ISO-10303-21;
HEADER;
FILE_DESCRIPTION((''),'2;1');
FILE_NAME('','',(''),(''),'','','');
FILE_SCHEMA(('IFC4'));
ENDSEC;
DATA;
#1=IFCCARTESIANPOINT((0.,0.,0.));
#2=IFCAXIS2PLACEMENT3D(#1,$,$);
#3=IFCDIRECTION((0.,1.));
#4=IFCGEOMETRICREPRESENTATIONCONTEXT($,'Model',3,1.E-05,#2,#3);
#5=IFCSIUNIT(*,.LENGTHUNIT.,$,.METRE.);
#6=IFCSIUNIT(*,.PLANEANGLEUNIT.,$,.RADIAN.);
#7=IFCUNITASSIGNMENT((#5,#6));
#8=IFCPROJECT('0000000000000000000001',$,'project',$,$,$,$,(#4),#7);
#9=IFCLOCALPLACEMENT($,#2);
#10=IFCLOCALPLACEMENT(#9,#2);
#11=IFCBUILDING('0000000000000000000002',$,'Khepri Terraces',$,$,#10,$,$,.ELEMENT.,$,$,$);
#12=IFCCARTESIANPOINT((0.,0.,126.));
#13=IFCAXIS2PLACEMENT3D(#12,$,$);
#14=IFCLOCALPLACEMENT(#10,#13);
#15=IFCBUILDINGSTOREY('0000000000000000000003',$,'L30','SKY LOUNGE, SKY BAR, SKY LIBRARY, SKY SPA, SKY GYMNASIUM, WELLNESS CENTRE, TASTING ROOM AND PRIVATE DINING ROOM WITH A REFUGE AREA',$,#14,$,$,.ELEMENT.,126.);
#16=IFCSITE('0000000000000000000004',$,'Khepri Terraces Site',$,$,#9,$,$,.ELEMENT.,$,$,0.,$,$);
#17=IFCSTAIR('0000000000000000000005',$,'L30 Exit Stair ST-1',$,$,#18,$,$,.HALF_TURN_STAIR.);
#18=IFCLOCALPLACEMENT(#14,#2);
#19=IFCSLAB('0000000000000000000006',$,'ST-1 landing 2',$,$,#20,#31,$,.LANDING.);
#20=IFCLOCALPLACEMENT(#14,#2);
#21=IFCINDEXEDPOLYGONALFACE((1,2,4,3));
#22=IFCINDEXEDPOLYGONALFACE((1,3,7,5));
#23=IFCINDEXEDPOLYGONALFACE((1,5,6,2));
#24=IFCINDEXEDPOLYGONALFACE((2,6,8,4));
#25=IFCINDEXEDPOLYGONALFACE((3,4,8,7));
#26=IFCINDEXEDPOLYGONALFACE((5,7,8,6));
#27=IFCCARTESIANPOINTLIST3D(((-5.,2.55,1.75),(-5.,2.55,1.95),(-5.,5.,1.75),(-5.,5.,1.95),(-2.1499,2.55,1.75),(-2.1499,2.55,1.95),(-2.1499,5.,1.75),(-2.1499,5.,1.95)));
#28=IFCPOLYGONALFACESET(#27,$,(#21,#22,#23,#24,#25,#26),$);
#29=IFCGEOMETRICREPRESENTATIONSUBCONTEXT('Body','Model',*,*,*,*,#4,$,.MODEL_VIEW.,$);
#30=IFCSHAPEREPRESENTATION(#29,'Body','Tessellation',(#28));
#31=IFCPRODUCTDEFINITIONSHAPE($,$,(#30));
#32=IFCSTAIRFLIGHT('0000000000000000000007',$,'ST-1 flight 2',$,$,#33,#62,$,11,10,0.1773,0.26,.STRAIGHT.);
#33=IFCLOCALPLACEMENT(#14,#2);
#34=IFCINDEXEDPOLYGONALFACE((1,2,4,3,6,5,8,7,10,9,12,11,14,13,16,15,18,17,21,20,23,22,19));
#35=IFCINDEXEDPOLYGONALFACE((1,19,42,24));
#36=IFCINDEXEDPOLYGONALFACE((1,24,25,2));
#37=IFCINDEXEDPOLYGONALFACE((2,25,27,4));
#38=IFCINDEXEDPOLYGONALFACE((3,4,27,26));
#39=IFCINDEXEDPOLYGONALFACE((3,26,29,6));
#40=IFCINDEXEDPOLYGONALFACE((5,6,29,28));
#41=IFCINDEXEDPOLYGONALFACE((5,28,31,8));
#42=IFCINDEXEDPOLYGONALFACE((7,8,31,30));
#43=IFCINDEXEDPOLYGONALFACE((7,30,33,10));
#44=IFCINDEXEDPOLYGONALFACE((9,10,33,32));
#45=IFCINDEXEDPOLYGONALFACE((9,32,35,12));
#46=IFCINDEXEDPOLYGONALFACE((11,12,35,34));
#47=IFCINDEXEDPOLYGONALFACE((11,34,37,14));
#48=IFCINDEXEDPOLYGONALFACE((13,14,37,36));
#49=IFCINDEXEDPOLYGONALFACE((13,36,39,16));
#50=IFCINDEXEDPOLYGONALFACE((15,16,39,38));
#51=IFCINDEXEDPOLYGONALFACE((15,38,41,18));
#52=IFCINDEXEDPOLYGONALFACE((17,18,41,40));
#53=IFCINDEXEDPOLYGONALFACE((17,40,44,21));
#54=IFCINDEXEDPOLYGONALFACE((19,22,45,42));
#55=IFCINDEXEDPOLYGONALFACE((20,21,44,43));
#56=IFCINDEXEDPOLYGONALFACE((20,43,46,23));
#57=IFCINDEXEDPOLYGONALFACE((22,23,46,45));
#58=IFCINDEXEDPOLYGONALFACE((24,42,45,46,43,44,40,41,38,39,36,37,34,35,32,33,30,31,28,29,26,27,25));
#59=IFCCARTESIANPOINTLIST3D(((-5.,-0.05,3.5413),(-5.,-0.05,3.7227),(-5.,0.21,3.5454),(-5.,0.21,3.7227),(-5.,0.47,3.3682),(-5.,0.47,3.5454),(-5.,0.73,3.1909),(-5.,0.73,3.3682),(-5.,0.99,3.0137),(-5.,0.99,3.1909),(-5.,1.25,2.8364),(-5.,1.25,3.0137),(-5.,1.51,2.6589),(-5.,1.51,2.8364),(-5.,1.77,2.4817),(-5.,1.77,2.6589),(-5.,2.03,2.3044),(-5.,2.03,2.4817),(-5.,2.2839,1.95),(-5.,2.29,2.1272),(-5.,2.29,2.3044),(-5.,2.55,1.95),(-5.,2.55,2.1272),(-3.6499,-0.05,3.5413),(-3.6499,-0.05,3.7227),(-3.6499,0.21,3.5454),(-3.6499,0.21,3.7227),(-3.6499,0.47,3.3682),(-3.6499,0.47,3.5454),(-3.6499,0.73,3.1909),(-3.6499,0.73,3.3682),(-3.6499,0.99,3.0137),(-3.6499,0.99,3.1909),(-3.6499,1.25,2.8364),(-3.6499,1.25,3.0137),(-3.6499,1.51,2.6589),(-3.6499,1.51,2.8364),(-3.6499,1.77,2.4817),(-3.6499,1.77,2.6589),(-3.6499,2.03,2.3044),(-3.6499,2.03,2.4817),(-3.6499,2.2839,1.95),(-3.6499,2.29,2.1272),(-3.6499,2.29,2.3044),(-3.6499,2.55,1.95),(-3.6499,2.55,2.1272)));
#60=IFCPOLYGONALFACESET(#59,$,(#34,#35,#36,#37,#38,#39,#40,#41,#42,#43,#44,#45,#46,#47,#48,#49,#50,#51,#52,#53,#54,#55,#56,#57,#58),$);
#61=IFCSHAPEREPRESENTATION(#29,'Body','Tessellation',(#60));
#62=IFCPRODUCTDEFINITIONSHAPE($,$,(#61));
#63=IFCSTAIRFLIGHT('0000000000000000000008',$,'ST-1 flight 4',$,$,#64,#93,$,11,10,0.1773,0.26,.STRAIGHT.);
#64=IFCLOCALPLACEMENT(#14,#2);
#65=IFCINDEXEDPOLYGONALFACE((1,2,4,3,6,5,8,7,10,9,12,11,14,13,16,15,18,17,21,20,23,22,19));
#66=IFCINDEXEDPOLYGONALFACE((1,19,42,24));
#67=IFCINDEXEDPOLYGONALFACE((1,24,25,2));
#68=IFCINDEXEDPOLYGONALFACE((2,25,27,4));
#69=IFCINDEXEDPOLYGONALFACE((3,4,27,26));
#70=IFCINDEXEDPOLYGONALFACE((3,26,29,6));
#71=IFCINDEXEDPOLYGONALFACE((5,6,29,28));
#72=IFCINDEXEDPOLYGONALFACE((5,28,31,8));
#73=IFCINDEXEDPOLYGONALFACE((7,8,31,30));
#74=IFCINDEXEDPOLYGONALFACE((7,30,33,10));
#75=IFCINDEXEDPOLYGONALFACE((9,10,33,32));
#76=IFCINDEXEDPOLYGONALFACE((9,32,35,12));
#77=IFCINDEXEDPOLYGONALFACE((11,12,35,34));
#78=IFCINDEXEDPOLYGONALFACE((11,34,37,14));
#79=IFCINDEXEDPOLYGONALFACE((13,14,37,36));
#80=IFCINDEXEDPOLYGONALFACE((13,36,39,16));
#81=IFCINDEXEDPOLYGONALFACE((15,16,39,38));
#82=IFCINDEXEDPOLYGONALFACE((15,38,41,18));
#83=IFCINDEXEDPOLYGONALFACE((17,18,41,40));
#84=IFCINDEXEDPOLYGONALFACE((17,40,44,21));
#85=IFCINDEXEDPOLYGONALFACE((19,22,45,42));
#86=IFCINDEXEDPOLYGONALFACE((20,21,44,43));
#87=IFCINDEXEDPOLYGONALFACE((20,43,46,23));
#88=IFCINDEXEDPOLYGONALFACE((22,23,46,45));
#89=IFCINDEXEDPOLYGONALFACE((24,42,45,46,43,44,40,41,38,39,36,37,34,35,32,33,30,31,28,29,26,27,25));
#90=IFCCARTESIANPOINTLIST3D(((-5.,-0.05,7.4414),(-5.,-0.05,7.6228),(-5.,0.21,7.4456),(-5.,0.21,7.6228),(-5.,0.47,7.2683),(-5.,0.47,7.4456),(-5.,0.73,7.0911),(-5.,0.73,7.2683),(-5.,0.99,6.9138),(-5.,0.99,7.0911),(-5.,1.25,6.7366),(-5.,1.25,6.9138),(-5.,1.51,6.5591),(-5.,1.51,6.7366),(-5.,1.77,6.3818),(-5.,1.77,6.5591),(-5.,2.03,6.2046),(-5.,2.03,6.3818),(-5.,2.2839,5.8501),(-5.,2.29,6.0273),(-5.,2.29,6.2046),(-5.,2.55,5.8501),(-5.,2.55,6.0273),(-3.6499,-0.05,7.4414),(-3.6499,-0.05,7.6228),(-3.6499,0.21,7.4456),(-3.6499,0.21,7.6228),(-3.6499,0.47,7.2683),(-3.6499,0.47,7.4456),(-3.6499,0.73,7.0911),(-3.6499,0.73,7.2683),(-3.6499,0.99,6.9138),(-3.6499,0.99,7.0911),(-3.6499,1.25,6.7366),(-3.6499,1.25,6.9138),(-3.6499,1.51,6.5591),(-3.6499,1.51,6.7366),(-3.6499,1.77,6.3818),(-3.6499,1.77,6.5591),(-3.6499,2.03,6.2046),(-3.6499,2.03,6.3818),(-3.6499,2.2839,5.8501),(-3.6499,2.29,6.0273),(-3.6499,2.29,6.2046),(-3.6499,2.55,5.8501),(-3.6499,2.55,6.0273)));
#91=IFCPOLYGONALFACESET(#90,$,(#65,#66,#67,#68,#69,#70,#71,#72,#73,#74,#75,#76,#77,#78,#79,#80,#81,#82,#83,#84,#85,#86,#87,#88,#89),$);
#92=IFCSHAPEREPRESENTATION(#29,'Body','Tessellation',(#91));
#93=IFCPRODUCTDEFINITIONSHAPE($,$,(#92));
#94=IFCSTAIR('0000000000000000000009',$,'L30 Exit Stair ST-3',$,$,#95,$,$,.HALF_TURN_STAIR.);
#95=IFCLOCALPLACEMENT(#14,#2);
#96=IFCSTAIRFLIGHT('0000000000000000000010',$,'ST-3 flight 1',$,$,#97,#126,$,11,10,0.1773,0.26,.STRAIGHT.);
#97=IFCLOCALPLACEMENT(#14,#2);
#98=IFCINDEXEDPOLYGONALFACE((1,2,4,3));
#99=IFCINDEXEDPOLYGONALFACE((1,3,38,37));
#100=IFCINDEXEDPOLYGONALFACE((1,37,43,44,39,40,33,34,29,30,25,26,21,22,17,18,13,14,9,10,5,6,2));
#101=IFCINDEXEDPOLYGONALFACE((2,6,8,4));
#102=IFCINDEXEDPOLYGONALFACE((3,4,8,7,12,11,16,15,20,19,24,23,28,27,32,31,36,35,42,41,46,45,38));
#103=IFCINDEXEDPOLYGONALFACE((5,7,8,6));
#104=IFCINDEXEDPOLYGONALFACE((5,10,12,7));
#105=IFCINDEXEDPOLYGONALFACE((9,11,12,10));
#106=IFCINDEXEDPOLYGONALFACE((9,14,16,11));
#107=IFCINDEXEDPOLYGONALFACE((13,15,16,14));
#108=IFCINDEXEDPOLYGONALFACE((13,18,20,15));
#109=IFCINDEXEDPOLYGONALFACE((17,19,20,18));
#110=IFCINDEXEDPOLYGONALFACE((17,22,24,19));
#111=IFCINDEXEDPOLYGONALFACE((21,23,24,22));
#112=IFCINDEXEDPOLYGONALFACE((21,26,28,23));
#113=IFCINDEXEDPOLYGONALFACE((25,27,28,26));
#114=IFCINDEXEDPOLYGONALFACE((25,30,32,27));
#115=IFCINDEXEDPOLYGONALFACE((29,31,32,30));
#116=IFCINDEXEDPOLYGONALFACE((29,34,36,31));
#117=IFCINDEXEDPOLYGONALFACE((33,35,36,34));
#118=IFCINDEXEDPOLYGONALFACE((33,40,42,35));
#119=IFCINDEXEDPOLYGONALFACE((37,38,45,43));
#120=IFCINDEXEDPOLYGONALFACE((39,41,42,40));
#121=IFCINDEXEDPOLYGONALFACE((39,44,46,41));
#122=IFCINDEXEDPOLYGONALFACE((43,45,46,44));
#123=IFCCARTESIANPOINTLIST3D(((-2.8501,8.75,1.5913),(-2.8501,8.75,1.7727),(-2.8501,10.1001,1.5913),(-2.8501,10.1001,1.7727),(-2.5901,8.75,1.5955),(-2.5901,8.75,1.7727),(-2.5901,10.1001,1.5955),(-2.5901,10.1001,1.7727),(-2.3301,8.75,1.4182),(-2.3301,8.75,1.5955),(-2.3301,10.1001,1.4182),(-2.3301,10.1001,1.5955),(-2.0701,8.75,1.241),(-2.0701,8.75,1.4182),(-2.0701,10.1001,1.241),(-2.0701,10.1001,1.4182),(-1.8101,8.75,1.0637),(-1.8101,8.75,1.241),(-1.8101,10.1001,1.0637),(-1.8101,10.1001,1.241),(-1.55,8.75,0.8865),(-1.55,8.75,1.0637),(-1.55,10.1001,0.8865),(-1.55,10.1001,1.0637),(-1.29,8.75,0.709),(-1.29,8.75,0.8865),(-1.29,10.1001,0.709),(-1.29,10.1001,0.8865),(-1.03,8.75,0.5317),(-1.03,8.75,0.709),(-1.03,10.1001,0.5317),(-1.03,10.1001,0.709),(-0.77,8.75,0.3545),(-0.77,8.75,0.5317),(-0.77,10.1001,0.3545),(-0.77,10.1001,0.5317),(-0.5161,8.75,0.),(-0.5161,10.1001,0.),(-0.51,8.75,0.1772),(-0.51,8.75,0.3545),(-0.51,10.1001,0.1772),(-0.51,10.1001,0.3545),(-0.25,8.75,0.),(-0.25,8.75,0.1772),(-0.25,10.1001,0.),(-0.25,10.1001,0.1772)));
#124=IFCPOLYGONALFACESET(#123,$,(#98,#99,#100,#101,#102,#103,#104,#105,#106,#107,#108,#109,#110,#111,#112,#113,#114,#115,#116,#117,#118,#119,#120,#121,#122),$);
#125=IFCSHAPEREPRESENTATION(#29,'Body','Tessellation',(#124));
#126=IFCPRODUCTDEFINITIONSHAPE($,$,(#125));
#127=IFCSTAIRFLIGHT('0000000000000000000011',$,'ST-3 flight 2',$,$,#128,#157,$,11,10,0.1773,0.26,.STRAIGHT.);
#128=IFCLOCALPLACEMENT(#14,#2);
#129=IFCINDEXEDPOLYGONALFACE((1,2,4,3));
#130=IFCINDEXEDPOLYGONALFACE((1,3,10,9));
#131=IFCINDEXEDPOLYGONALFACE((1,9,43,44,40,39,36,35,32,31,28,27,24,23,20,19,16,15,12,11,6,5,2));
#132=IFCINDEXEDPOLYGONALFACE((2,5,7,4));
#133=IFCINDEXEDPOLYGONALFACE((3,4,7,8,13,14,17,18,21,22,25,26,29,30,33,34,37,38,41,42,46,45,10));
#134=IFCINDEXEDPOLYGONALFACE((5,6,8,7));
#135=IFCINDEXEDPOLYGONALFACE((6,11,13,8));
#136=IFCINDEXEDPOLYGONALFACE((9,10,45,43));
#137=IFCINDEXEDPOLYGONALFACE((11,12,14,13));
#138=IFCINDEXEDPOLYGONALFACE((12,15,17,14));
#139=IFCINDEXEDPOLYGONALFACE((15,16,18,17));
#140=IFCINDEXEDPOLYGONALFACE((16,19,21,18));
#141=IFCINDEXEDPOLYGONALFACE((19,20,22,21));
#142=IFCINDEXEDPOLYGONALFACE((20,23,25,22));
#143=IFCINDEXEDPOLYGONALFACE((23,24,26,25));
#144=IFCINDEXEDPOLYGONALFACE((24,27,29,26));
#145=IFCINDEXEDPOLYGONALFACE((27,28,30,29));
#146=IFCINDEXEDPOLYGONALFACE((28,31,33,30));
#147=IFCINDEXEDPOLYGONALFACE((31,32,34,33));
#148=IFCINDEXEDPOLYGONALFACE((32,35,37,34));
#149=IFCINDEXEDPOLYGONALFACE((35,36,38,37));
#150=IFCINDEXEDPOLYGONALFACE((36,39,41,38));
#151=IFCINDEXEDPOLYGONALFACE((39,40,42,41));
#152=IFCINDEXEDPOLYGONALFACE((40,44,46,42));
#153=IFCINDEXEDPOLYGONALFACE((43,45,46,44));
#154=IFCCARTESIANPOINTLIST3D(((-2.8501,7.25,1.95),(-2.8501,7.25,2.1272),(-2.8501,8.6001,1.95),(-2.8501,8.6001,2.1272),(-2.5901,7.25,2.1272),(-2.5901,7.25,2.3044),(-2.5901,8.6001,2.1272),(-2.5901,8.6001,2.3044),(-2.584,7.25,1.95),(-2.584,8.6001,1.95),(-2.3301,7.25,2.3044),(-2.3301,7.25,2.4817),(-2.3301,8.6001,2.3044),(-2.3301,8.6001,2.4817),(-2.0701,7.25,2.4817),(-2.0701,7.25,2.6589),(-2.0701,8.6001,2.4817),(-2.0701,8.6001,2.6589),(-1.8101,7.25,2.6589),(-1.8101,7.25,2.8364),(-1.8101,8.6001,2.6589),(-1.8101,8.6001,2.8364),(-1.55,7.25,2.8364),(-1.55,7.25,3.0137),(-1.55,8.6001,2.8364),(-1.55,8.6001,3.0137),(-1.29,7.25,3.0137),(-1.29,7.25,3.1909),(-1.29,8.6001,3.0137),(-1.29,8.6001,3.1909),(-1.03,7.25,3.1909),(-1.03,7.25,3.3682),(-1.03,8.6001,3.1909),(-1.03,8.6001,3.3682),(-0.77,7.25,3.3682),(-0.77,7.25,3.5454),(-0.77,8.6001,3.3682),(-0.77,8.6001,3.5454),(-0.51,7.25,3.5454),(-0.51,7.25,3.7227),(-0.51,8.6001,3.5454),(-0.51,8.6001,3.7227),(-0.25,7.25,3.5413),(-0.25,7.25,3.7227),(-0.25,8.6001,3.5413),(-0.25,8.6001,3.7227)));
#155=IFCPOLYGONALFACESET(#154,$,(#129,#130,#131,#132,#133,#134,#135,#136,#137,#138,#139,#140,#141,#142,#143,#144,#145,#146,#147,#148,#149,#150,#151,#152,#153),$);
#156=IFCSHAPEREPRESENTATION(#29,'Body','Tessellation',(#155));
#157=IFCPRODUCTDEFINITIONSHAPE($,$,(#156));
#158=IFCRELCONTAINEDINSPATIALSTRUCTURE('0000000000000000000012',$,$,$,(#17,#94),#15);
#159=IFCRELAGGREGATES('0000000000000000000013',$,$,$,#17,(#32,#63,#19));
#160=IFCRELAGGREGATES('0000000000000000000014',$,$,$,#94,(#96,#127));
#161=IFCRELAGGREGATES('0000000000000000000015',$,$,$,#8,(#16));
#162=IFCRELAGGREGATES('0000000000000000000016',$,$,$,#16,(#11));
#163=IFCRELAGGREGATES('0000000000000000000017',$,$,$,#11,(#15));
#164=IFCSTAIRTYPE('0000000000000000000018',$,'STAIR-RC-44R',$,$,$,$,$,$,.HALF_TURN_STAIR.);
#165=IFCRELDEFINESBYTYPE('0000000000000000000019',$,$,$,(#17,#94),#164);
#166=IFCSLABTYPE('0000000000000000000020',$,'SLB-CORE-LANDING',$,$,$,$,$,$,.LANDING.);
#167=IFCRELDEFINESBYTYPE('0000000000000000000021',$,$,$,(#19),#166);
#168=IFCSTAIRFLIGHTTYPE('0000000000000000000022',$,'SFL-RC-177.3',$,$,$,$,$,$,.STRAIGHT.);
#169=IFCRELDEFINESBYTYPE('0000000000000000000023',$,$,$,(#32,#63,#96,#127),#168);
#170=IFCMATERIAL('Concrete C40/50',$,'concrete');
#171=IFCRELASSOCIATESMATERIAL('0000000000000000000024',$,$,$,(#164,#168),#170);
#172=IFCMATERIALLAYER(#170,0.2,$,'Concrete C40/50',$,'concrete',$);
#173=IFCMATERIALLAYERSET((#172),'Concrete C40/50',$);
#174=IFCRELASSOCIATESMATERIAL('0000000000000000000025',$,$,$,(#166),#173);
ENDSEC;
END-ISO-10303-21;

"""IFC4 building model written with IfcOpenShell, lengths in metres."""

from ifc_helpers import new_model, si_unit, direction, frame, origin, place, context, subcontext, project, spatial, polyline, outline, extrude, material, layer, layer_set, type_object, element, aggregate, save


model = new_model("IFC4")

# Units and contexts
model_context = context("Model", 3, precision=1e-05, world=origin(), true_north=direction((0.0, 1.0)))
body_context = subcontext(model_context, "Body", "Model", "MODEL_VIEW")
ifc_project = project(units=[si_unit("LENGTHUNIT", "METRE"), si_unit("PLANEANGLEUNIT", "RADIAN")], contexts=[model_context])

# Site, building, storey
site_placement = place(None, origin())
site = spatial("IfcSite", under=ifc_project, at=site_placement, Name="Khepri Terraces Site", CompositionType="ELEMENT", RefElevation=0.0)
building_placement = place(site_placement, origin())
building = spatial("IfcBuilding", under=site, at=building_placement, Name="Khepri Terraces", CompositionType="ELEMENT")
storey_placement = place(building_placement, frame((0.0, 0.0, 126.0)))
storey = spatial("IfcBuildingStorey", under=building, at=storey_placement, Name="L30", Description="SKY LOUNGE, SKY BAR, SKY LIBRARY, SKY SPA, SKY GYMNASIUM, WELLNESS CENTRE, TASTING ROOM AND PRIVATE DINING ROOM WITH A REFUGE AREA", CompositionType="ELEMENT", Elevation=126.0)

# Stair, slab, stair flights
ifc_material_1 = material(Name="Concrete C40/50", Category="concrete")
stair_type = type_object("IfcStairType", Name="STAIR-RC-44R", PredefinedType="HALF_TURN_STAIR", material=ifc_material_1)
stair_1_placement = place(storey_placement, origin())
stair_1 = element("IfcStair", 1, at=stair_1_placement, inside=storey, type_object=stair_type, Name="L30 Exit Stair ST-1", PredefinedType="HALF_TURN_STAIR")
ifc_layer = layer(ifc_material_1, 0.2, Name="Concrete C40/50", Category="concrete")
ifc_layer_set = layer_set([ifc_layer], Name="Concrete C40/50")
slab_type = type_object("IfcSlabType", Name="SLB-CORE-LANDING", PredefinedType="LANDING", material=ifc_layer_set)
slab_placement = place(storey_placement, frame((0.0, 0.0, 1.75)))
slab = element("IfcSlab", 2, at=slab_placement, type_object=slab_type, Name="ST-1 landing 2", PredefinedType="LANDING", context=body_context, shape_type="SweptSolid", body=[
    extrude(outline(polyline([(-2.1499, 2.55), (-2.1499, 5.0), (-5.0, 5.0), (-5.0, 2.55), (-2.1499, 2.55)])), origin(), (0.0, 0.0, 1.0), 0.2),
])
stair_flight_type = type_object("IfcStairFlightType", Name="SFL-RC-177.3", PredefinedType="STRAIGHT", material=ifc_material_1)
stair_flight_1_placement = place(storey_placement, frame((-4.325, 2.55, 1.95), z_axis=(0.0, 0.0, 1.0), x_axis=(0.0, -1.0, 0.0)))
stair_flight_1 = element("IfcStairFlight", 3, at=stair_flight_1_placement, type_object=stair_flight_type, Name="ST-1 flight 2", NumberOfRisers=11, NumberOfTreads=10, PredefinedType="STRAIGHT", RiserHeight=0.1773, TreadLength=0.26, context=body_context, shape_type="SweptSolid", body=[
    extrude(outline(polyline([(0.0, 0.0), (0.0, 0.1772), (0.26, 0.1772), (0.26, 0.3545), (0.52, 0.3545), (0.52, 0.5317), (0.78, 0.5317), (0.78, 0.709), (1.04, 0.709), (1.04, 0.8865), (1.3, 0.8865), (1.3, 1.0637), (1.5601, 1.0637), (1.5601, 1.241), (1.8201, 1.241), (1.8201, 1.4182), (2.0801, 1.4182), (2.0801, 1.5955), (2.3401, 1.5955), (2.3401, 1.7727), (2.6001, 1.7727), (2.6001, 1.95), (2.6001, 1.5913), (0.2661, 0.0), (0.0, 0.0)])), frame((0.0, 0.675, 0.0), z_axis=(0.0, -1.0, 0.0), x_axis=(1.0, 0.0, 0.0)), (0.0, 0.0, 1.0), 1.3501),
])
stair_flight_2_placement = place(storey_placement, frame((-4.325, 2.55, 5.8501), z_axis=(0.0, 0.0, 1.0), x_axis=(0.0, -1.0, 0.0)))
stair_flight_2 = element("IfcStairFlight", 4, at=stair_flight_2_placement, type_object=stair_flight_type, Name="ST-1 flight 4", NumberOfRisers=11, NumberOfTreads=10, PredefinedType="STRAIGHT", RiserHeight=0.1773, TreadLength=0.26, context=body_context, shape_type="SweptSolid", body=[
    extrude(outline(polyline([(0.0, 0.0), (0.0, 0.1772), (0.26, 0.1772), (0.26, 0.3545), (0.52, 0.3545), (0.52, 0.5317), (0.78, 0.5317), (0.78, 0.709), (1.04, 0.709), (1.04, 0.8865), (1.3, 0.8865), (1.3, 1.0637), (1.5601, 1.0637), (1.5601, 1.241), (1.8201, 1.241), (1.8201, 1.4182), (2.0801, 1.4182), (2.0801, 1.5955), (2.3401, 1.5955), (2.3401, 1.7727), (2.6001, 1.7727), (2.6001, 1.95), (2.6001, 1.5913), (0.2661, 0.0), (0.0, 0.0)])), frame((0.0, 0.675, 0.0), z_axis=(0.0, -1.0, 0.0), x_axis=(1.0, 0.0, 0.0)), (0.0, 0.0, 1.0), 1.3501),
])
aggregate(stair_1, [stair_flight_1, stair_flight_2, slab])

# Stair, stair flights
stair_2_placement = place(storey_placement, origin())
stair_2 = element("IfcStair", 5, at=stair_2_placement, inside=storey, type_object=stair_type, Name="L30 Exit Stair ST-3", PredefinedType="HALF_TURN_STAIR")
stair_flight_3_placement = place(storey_placement, frame((-0.25, 9.425, 0.0), z_axis=(0.0, 0.0, 1.0), x_axis=(-1.0, 0.0, 0.0)))
stair_flight_3 = element("IfcStairFlight", 6, at=stair_flight_3_placement, type_object=stair_flight_type, Name="ST-3 flight 1", NumberOfRisers=11, NumberOfTreads=10, PredefinedType="STRAIGHT", RiserHeight=0.1773, TreadLength=0.26, context=body_context, shape_type="SweptSolid", body=[
    extrude(outline(polyline([(0.0, 0.0), (0.0, 0.1772), (0.26, 0.1772), (0.26, 0.3545), (0.52, 0.3545), (0.52, 0.5317), (0.78, 0.5317), (0.78, 0.709), (1.04, 0.709), (1.04, 0.8865), (1.3, 0.8865), (1.3, 1.0637), (1.5601, 1.0637), (1.5601, 1.241), (1.8201, 1.241), (1.8201, 1.4182), (2.0801, 1.4182), (2.0801, 1.5955), (2.3401, 1.5955), (2.3401, 1.7727), (2.6001, 1.7727), (2.6001, 1.95), (2.6001, 1.5913), (0.2661, 0.0), (0.0, 0.0)])), frame((0.0, 0.675, 0.0), z_axis=(0.0, -1.0, 0.0), x_axis=(1.0, 0.0, 0.0)), (0.0, 0.0, 1.0), 1.3501),
])
stair_flight_4_placement = place(storey_placement, frame((-2.8501, 7.925, 1.95), z_axis=(0.0, 0.0, 1.0), x_axis=(1.0, 0.0, 0.0)))
stair_flight_4 = element("IfcStairFlight", 7, at=stair_flight_4_placement, type_object=stair_flight_type, Name="ST-3 flight 2", NumberOfRisers=11, NumberOfTreads=10, PredefinedType="STRAIGHT", RiserHeight=0.1773, TreadLength=0.26, context=body_context, shape_type="SweptSolid", body=[
    extrude(outline(polyline([(0.0, 0.0), (0.0, 0.1772), (0.26, 0.1772), (0.26, 0.3545), (0.52, 0.3545), (0.52, 0.5317), (0.78, 0.5317), (0.78, 0.709), (1.04, 0.709), (1.04, 0.8865), (1.3, 0.8865), (1.3, 1.0637), (1.5601, 1.0637), (1.5601, 1.241), (1.8201, 1.241), (1.8201, 1.4182), (2.0801, 1.4182), (2.0801, 1.5955), (2.3401, 1.5955), (2.3401, 1.7727), (2.6001, 1.7727), (2.6001, 1.95), (2.6001, 1.5913), (0.2661, 0.0), (0.0, 0.0)])), frame((0.0, 0.675, 0.0), z_axis=(0.0, -1.0, 0.0), x_axis=(1.0, 0.0, 0.0)), (0.0, 0.0, 1.0), 1.3501),
])
aggregate(stair_2, [stair_flight_3, stair_flight_4])

save(model, "model.ifc")
